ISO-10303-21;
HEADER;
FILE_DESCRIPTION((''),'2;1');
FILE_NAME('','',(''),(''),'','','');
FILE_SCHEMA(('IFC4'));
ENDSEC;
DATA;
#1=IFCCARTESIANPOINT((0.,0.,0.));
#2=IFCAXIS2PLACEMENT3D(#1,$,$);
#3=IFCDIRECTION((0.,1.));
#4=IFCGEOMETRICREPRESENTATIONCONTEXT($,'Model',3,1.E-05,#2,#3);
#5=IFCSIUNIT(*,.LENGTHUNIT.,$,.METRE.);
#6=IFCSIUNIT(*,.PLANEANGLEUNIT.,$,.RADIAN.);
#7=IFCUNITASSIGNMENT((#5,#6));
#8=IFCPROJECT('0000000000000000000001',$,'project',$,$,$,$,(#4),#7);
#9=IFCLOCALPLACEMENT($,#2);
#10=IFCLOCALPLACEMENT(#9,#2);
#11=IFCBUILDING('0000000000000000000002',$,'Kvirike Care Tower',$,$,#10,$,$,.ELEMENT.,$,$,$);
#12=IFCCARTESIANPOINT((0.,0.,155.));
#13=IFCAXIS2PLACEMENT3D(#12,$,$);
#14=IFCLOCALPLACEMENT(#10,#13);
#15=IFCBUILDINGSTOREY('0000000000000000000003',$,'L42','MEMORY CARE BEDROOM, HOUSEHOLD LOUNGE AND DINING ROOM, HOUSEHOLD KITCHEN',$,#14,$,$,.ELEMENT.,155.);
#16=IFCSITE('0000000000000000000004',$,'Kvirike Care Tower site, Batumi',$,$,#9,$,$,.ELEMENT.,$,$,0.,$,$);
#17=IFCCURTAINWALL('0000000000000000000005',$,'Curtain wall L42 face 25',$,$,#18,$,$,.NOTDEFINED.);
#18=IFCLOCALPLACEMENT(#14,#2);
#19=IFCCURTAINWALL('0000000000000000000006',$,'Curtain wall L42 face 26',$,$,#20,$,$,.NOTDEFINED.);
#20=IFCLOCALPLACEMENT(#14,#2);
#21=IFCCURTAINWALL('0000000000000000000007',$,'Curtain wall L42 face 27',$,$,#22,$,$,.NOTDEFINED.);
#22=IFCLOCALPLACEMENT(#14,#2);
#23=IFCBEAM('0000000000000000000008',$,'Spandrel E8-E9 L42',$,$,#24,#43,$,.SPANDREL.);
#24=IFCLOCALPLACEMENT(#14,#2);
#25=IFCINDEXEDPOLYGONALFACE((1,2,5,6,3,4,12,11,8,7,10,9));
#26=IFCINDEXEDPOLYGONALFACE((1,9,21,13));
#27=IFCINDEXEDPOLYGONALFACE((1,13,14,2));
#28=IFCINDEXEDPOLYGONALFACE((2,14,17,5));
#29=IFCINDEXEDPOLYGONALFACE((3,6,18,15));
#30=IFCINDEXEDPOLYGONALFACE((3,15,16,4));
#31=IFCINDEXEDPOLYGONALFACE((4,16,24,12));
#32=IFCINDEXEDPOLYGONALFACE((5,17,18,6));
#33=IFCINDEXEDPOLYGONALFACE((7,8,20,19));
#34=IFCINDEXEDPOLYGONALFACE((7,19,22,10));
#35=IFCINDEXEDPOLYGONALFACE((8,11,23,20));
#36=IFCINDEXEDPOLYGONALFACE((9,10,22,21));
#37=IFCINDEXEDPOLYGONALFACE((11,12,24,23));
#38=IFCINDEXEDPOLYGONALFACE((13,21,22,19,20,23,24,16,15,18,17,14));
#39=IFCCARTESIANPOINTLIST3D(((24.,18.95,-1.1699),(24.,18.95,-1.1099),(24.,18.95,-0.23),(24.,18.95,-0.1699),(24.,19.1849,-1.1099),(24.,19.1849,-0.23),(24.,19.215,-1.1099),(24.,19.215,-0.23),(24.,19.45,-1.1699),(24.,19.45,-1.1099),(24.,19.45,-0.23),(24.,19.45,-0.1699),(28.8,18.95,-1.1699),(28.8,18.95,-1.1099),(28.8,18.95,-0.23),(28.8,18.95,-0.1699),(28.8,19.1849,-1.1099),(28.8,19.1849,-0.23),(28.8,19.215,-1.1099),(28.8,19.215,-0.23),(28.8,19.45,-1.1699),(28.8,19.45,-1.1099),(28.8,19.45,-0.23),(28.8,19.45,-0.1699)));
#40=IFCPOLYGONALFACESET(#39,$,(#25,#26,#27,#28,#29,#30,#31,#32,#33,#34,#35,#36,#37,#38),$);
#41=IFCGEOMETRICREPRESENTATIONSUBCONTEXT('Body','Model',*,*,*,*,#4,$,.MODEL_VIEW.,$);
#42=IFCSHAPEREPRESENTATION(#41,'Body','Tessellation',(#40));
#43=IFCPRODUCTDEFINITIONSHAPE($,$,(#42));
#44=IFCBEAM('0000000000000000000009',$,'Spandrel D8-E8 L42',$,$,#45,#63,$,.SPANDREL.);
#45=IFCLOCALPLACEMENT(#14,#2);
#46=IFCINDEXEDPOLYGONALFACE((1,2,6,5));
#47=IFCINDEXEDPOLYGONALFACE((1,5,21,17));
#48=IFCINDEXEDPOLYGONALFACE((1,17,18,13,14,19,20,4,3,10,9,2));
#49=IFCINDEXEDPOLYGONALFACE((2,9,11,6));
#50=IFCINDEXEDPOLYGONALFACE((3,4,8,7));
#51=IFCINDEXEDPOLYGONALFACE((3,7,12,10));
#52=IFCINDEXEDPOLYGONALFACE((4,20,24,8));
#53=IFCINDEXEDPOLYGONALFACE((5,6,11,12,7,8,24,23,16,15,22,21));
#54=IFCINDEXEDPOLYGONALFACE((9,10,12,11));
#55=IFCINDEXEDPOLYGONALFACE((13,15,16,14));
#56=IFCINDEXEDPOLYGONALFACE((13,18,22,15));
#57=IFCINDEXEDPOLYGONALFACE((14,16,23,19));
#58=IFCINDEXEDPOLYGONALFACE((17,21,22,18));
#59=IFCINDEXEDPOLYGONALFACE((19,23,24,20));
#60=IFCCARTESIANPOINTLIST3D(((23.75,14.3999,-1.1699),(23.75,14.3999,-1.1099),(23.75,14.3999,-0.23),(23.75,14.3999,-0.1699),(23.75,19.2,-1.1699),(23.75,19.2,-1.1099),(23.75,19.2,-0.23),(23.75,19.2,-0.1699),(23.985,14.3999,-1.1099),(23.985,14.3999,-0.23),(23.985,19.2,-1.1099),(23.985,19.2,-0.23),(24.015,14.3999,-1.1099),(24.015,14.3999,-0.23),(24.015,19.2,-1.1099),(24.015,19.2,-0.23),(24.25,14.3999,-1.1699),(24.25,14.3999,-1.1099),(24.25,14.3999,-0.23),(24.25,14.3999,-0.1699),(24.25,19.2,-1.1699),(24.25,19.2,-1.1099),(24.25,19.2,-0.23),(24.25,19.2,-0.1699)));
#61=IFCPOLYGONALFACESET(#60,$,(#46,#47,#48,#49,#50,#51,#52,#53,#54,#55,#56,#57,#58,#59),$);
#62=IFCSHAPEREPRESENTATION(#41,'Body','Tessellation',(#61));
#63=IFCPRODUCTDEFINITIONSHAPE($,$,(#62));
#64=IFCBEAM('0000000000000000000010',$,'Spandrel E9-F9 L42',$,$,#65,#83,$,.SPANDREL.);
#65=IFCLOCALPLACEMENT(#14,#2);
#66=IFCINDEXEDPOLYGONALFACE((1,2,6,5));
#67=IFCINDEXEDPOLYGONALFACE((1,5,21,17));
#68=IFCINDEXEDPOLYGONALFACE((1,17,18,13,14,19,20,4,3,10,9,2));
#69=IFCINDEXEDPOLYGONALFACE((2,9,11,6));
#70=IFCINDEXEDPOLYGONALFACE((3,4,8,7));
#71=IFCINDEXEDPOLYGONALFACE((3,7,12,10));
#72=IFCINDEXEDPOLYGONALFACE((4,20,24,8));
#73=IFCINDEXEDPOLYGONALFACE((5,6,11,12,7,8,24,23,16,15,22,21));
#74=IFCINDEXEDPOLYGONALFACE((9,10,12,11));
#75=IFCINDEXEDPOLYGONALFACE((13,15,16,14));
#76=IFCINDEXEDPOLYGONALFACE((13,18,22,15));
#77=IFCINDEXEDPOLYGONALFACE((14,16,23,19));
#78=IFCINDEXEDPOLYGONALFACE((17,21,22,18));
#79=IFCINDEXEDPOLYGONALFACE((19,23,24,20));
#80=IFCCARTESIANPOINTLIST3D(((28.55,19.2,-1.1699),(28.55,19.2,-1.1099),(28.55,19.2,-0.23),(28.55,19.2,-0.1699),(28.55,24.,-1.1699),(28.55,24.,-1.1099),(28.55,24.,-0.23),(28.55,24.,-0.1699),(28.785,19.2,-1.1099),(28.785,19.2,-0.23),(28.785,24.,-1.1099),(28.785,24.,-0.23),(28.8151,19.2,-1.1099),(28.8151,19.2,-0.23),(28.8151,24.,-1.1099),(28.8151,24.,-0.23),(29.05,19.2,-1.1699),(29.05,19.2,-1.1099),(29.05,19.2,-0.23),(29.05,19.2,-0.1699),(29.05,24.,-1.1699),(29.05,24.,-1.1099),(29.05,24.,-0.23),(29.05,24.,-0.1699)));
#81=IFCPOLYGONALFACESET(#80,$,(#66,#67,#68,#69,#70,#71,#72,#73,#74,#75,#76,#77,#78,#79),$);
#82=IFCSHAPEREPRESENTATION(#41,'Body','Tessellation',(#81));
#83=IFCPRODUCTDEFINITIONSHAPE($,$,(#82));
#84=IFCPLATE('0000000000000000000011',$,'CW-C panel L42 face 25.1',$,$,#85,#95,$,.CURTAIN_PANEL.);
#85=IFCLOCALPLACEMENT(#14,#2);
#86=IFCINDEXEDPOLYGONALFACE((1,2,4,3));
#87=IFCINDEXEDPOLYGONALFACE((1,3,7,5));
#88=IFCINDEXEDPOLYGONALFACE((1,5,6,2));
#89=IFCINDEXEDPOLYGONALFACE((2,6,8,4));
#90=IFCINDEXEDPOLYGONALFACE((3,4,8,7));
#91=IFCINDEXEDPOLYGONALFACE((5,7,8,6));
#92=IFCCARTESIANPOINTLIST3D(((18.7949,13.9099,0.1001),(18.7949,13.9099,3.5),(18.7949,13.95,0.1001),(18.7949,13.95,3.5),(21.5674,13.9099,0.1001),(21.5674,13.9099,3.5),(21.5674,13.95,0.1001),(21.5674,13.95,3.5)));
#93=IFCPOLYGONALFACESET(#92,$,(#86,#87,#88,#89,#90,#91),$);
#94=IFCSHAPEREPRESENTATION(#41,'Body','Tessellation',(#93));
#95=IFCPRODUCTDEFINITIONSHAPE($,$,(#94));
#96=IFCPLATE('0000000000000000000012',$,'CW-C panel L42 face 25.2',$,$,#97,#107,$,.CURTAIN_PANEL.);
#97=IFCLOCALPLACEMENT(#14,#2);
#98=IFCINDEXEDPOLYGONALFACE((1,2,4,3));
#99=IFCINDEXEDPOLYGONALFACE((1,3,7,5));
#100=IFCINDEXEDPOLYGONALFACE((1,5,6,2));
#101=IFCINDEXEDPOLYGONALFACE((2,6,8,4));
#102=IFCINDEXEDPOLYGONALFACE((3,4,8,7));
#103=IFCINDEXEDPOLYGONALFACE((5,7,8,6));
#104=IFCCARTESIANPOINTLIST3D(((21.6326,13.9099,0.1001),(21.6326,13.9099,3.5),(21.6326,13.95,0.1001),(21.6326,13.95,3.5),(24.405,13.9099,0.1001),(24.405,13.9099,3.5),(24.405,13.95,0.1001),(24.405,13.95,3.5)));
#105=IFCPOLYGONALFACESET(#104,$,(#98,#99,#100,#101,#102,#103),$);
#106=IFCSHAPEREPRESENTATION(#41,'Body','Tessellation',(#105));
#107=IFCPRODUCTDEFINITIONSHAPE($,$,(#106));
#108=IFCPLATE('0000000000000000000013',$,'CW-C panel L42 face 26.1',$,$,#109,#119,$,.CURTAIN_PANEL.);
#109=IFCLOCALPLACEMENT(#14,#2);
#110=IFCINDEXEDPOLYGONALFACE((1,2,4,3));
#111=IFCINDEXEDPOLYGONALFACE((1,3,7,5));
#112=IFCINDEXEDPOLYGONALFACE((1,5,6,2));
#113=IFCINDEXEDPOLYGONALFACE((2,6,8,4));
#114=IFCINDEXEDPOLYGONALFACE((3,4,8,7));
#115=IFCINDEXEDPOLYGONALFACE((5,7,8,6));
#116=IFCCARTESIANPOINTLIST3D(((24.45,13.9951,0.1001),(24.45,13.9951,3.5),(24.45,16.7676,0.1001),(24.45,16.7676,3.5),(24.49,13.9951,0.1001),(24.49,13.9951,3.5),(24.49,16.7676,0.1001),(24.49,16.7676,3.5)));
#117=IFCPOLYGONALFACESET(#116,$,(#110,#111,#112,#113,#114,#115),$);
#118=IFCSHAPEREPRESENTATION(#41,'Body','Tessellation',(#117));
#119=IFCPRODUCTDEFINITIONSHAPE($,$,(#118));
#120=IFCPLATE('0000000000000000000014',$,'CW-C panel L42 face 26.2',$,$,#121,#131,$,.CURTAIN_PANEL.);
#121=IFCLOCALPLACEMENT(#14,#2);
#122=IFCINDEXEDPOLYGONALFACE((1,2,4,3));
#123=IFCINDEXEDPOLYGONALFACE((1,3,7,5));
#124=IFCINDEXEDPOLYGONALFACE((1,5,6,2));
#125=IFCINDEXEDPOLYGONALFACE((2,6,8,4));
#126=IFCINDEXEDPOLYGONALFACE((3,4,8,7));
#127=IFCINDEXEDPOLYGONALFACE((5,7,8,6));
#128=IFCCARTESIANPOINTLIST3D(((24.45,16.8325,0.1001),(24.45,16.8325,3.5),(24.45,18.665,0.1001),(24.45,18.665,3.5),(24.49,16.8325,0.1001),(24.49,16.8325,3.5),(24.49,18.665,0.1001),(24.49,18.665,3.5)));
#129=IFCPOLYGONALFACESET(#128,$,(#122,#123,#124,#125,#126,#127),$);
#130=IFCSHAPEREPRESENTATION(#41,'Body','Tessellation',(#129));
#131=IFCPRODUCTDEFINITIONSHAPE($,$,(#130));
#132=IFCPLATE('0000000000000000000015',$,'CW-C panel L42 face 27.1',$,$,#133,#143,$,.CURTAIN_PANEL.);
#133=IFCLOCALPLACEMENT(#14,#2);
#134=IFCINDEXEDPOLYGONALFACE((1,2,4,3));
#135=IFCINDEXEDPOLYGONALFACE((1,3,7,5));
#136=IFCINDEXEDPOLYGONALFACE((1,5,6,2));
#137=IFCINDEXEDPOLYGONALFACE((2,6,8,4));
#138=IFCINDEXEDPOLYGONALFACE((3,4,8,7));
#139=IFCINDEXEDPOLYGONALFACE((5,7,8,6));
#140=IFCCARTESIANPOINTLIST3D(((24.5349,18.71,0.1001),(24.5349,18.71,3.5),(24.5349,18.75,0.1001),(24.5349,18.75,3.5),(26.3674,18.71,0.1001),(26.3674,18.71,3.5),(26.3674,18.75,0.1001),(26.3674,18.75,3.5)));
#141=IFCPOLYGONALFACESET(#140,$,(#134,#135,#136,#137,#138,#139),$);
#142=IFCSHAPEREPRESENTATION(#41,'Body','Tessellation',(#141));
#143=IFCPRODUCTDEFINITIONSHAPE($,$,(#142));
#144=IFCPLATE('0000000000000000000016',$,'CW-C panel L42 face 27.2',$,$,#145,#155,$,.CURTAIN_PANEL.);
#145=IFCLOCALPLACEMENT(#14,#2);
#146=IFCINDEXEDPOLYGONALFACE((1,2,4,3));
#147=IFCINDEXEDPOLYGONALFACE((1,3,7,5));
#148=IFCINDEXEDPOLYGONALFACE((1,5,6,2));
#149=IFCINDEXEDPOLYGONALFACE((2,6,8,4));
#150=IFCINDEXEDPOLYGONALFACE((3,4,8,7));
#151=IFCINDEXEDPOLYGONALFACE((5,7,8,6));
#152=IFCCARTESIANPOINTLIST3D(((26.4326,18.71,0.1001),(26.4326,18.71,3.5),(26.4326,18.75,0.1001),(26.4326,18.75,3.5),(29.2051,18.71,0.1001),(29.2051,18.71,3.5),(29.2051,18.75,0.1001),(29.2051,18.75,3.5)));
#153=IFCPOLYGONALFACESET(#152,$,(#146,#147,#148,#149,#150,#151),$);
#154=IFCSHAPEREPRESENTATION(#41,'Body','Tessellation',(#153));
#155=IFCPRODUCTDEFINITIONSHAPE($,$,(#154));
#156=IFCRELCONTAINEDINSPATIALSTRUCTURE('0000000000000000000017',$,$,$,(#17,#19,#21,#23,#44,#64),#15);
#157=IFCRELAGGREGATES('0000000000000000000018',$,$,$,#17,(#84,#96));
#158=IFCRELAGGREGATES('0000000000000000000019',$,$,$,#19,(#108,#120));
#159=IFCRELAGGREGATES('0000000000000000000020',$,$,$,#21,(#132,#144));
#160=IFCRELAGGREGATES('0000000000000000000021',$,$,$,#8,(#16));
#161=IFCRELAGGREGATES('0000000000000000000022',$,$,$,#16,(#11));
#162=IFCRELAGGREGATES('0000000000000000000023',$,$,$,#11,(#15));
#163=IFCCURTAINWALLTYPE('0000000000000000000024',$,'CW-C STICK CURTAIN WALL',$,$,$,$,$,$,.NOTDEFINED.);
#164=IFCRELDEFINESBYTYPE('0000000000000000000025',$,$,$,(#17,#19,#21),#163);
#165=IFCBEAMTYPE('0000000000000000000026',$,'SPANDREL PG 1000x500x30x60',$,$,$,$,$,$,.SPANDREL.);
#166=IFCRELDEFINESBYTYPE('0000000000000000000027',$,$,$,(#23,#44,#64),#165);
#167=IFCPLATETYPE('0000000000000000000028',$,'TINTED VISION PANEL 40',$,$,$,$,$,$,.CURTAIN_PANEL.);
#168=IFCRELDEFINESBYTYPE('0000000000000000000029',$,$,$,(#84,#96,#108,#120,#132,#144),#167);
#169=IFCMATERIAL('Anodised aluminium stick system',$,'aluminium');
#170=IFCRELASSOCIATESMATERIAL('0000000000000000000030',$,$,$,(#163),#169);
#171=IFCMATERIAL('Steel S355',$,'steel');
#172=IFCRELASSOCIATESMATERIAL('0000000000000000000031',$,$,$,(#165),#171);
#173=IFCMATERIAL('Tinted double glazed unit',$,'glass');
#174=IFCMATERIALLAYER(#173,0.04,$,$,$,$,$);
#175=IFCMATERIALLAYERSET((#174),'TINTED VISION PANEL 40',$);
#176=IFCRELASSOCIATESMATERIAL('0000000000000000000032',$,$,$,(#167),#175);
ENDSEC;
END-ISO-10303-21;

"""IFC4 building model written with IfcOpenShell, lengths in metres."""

from ifc_helpers import new_model, si_unit, direction, frame, origin, origin_2d, place, context, subcontext, project, spatial, rectangle, i_section, extrude, material, layer, layer_set, material_profile, profile_set, type_object, element, aggregate, save


model = new_model("IFC4")

# Units and contexts
model_context = context("Model", 3, precision=1e-05, world=origin(), true_north=direction((0.0, 1.0)))
body_context = subcontext(model_context, "Body", "Model", "MODEL_VIEW")
ifc_project = project(units=[si_unit("LENGTHUNIT", "METRE"), si_unit("PLANEANGLEUNIT", "RADIAN")], contexts=[model_context])

# Site, building, storey
site_placement = place(None, origin())
site = spatial("IfcSite", under=ifc_project, at=site_placement, Name="Kvirike Care Tower site, Batumi", CompositionType="ELEMENT", RefElevation=0.0)
building_placement = place(site_placement, origin())
building = spatial("IfcBuilding", under=site, at=building_placement, Name="Kvirike Care Tower", CompositionType="ELEMENT")
storey_placement = place(building_placement, frame((0.0, 0.0, 155.0)))
storey = spatial("IfcBuildingStorey", under=building, at=storey_placement, Name="L42", Description="MEMORY CARE BEDROOM, HOUSEHOLD LOUNGE AND DINING ROOM, HOUSEHOLD KITCHEN", CompositionType="ELEMENT", Elevation=155.0)

# Curtain walls
ifc_material_1 = material(Name="Anodised aluminium stick system", Category="aluminium")
curtain_wall_type = type_object("IfcCurtainWallType", Name="CW-C STICK CURTAIN WALL", PredefinedType="NOTDEFINED", material=ifc_material_1)
curtain_wall_1_placement = place(storey_placement, origin())
curtain_wall_1 = element("IfcCurtainWall", 1, at=curtain_wall_1_placement, inside=storey, type_object=curtain_wall_type, Name="Curtain wall L42 face 25", PredefinedType="NOTDEFINED")
curtain_wall_2_placement = place(storey_placement, origin())
curtain_wall_2 = element("IfcCurtainWall", 2, at=curtain_wall_2_placement, inside=storey, type_object=curtain_wall_type, Name="Curtain wall L42 face 26", PredefinedType="NOTDEFINED")
curtain_wall_3_placement = place(storey_placement, origin())
curtain_wall_3 = element("IfcCurtainWall", 3, at=curtain_wall_3_placement, inside=storey, type_object=curtain_wall_type, Name="Curtain wall L42 face 27", PredefinedType="NOTDEFINED")

# Beams
ifc_material_2 = material(Name="Steel S355", Category="steel")
ifc_material_profile_1 = material_profile(ifc_material_2, i_section(OverallWidth=0.5, OverallDepth=1.0, WebThickness=0.03, FlangeThickness=0.0601, at=origin_2d()), Name="PG 1000x500x30x60")
ifc_profile_set_1 = profile_set([ifc_material_profile_1], Name="Steel S355")
beam_type_1 = type_object("IfcBeamType", Name="SPANDREL PG 1000x500x30x60", PredefinedType="SPANDREL", material=ifc_profile_set_1)
for number, where, z_axis, x_axis, name in (
    (4, (24.0, 19.2, -0.6699), (1.0, 0.0, 0.0), (0.0, 1.0, 0.0), "Spandrel E8-E9 L42"),
    (5, (24.0, 14.3999, -0.6699), (0.0, 1.0, 0.0), (-1.0, 0.0, 0.0), "Spandrel D8-E8 L42"),
    (6, (28.8, 19.2, -0.6699), (0.0, 1.0, 0.0), (-1.0, 0.0, 0.0), "Spandrel E9-F9 L42"),
):
    element("IfcBeam", number, at=place(storey_placement, frame(where, z_axis=z_axis, x_axis=x_axis)), inside=storey, type_object=beam_type_1, Name=name, PredefinedType="SPANDREL", context=body_context, shape_type="SweptSolid", body=[
        extrude(i_section(OverallWidth=0.5, OverallDepth=1.0, WebThickness=0.03, FlangeThickness=0.0601, at=origin_2d()), origin(), (0.0, 0.0, 1.0), 4.8),
    ])

# Plates
ifc_material_3 = material(Name="Tinted double glazed unit", Category="glass")
ifc_layer = layer(ifc_material_3, 0.04)
ifc_layer_set = layer_set([ifc_layer], Name="TINTED VISION PANEL 40")
plate_type = type_object("IfcPlateType", Name="TINTED VISION PANEL 40", PredefinedType="CURTAIN_PANEL", material=ifc_layer_set)
plate_1_placement = place(storey_placement, frame((20.1812, 13.9299, 0.1001), z_axis=(0.0, 0.0, 1.0), x_axis=(1.0, 0.0, 0.0)))
plate_1 = element("IfcPlate", 7, at=plate_1_placement, type_object=plate_type, Name="CW-C panel L42 face 25.1", PredefinedType="CURTAIN_PANEL", context=body_context, shape_type="SweptSolid", body=[
    extrude(rectangle(XDim=2.7725, YDim=0.04, at=origin_2d()), origin(), (0.0, 0.0, 1.0), 3.3999),
])
plate_2_placement = place(storey_placement, frame((23.0188, 13.9299, 0.1001), z_axis=(0.0, 0.0, 1.0), x_axis=(1.0, 0.0, 0.0)))
plate_2 = element("IfcPlate", 8, at=plate_2_placement, type_object=plate_type, Name="CW-C panel L42 face 25.2", PredefinedType="CURTAIN_PANEL", context=body_context, shape_type="SweptSolid", body=[
    extrude(rectangle(XDim=2.7725, YDim=0.04, at=origin_2d()), origin(), (0.0, 0.0, 1.0), 3.3999),
])
aggregate(curtain_wall_1, [plate_1, plate_2])
plate_3_placement = place(storey_placement, frame((24.47, 15.3813, 0.1001), z_axis=(0.0, 0.0, 1.0), x_axis=(0.0, 1.0, 0.0)))
plate_3 = element("IfcPlate", 9, at=plate_3_placement, type_object=plate_type, Name="CW-C panel L42 face 26.1", PredefinedType="CURTAIN_PANEL", context=body_context, shape_type="SweptSolid", body=[
    extrude(rectangle(XDim=2.7725, YDim=0.04, at=origin_2d()), origin(), (0.0, 0.0, 1.0), 3.3999),
])
plate_4_placement = place(storey_placement, frame((24.47, 17.7488, 0.1001), z_axis=(0.0, 0.0, 1.0), x_axis=(0.0, 1.0, 0.0)))
plate_4 = element("IfcPlate", 10, at=plate_4_placement, type_object=plate_type, Name="CW-C panel L42 face 26.2", PredefinedType="CURTAIN_PANEL", context=body_context, shape_type="SweptSolid", body=[
    extrude(rectangle(XDim=1.8325, YDim=0.04, at=origin_2d()), origin(), (0.0, 0.0, 1.0), 3.3999),
])
aggregate(curtain_wall_2, [plate_3, plate_4])
plate_5_placement = place(storey_placement, frame((25.4512, 18.73, 0.1001), z_axis=(0.0, 0.0, 1.0), x_axis=(1.0, 0.0, 0.0)))
plate_5 = element("IfcPlate", 11, at=plate_5_placement, type_object=plate_type, Name="CW-C panel L42 face 27.1", PredefinedType="CURTAIN_PANEL", context=body_context, shape_type="SweptSolid", body=[
    extrude(rectangle(XDim=1.8325, YDim=0.04, at=origin_2d()), origin(), (0.0, 0.0, 1.0), 3.3999),
])
plate_6_placement = place(storey_placement, frame((27.8188, 18.73, 0.1001), z_axis=(0.0, 0.0, 1.0), x_axis=(1.0, 0.0, 0.0)))
plate_6 = element("IfcPlate", 12, at=plate_6_placement, type_object=plate_type, Name="CW-C panel L42 face 27.2", PredefinedType="CURTAIN_PANEL", context=body_context, shape_type="SweptSolid", body=[
    extrude(rectangle(XDim=2.7725, YDim=0.04, at=origin_2d()), origin(), (0.0, 0.0, 1.0), 3.3999),
])
aggregate(curtain_wall_3, [plate_5, plate_6])

save(model, "model.ifc")
